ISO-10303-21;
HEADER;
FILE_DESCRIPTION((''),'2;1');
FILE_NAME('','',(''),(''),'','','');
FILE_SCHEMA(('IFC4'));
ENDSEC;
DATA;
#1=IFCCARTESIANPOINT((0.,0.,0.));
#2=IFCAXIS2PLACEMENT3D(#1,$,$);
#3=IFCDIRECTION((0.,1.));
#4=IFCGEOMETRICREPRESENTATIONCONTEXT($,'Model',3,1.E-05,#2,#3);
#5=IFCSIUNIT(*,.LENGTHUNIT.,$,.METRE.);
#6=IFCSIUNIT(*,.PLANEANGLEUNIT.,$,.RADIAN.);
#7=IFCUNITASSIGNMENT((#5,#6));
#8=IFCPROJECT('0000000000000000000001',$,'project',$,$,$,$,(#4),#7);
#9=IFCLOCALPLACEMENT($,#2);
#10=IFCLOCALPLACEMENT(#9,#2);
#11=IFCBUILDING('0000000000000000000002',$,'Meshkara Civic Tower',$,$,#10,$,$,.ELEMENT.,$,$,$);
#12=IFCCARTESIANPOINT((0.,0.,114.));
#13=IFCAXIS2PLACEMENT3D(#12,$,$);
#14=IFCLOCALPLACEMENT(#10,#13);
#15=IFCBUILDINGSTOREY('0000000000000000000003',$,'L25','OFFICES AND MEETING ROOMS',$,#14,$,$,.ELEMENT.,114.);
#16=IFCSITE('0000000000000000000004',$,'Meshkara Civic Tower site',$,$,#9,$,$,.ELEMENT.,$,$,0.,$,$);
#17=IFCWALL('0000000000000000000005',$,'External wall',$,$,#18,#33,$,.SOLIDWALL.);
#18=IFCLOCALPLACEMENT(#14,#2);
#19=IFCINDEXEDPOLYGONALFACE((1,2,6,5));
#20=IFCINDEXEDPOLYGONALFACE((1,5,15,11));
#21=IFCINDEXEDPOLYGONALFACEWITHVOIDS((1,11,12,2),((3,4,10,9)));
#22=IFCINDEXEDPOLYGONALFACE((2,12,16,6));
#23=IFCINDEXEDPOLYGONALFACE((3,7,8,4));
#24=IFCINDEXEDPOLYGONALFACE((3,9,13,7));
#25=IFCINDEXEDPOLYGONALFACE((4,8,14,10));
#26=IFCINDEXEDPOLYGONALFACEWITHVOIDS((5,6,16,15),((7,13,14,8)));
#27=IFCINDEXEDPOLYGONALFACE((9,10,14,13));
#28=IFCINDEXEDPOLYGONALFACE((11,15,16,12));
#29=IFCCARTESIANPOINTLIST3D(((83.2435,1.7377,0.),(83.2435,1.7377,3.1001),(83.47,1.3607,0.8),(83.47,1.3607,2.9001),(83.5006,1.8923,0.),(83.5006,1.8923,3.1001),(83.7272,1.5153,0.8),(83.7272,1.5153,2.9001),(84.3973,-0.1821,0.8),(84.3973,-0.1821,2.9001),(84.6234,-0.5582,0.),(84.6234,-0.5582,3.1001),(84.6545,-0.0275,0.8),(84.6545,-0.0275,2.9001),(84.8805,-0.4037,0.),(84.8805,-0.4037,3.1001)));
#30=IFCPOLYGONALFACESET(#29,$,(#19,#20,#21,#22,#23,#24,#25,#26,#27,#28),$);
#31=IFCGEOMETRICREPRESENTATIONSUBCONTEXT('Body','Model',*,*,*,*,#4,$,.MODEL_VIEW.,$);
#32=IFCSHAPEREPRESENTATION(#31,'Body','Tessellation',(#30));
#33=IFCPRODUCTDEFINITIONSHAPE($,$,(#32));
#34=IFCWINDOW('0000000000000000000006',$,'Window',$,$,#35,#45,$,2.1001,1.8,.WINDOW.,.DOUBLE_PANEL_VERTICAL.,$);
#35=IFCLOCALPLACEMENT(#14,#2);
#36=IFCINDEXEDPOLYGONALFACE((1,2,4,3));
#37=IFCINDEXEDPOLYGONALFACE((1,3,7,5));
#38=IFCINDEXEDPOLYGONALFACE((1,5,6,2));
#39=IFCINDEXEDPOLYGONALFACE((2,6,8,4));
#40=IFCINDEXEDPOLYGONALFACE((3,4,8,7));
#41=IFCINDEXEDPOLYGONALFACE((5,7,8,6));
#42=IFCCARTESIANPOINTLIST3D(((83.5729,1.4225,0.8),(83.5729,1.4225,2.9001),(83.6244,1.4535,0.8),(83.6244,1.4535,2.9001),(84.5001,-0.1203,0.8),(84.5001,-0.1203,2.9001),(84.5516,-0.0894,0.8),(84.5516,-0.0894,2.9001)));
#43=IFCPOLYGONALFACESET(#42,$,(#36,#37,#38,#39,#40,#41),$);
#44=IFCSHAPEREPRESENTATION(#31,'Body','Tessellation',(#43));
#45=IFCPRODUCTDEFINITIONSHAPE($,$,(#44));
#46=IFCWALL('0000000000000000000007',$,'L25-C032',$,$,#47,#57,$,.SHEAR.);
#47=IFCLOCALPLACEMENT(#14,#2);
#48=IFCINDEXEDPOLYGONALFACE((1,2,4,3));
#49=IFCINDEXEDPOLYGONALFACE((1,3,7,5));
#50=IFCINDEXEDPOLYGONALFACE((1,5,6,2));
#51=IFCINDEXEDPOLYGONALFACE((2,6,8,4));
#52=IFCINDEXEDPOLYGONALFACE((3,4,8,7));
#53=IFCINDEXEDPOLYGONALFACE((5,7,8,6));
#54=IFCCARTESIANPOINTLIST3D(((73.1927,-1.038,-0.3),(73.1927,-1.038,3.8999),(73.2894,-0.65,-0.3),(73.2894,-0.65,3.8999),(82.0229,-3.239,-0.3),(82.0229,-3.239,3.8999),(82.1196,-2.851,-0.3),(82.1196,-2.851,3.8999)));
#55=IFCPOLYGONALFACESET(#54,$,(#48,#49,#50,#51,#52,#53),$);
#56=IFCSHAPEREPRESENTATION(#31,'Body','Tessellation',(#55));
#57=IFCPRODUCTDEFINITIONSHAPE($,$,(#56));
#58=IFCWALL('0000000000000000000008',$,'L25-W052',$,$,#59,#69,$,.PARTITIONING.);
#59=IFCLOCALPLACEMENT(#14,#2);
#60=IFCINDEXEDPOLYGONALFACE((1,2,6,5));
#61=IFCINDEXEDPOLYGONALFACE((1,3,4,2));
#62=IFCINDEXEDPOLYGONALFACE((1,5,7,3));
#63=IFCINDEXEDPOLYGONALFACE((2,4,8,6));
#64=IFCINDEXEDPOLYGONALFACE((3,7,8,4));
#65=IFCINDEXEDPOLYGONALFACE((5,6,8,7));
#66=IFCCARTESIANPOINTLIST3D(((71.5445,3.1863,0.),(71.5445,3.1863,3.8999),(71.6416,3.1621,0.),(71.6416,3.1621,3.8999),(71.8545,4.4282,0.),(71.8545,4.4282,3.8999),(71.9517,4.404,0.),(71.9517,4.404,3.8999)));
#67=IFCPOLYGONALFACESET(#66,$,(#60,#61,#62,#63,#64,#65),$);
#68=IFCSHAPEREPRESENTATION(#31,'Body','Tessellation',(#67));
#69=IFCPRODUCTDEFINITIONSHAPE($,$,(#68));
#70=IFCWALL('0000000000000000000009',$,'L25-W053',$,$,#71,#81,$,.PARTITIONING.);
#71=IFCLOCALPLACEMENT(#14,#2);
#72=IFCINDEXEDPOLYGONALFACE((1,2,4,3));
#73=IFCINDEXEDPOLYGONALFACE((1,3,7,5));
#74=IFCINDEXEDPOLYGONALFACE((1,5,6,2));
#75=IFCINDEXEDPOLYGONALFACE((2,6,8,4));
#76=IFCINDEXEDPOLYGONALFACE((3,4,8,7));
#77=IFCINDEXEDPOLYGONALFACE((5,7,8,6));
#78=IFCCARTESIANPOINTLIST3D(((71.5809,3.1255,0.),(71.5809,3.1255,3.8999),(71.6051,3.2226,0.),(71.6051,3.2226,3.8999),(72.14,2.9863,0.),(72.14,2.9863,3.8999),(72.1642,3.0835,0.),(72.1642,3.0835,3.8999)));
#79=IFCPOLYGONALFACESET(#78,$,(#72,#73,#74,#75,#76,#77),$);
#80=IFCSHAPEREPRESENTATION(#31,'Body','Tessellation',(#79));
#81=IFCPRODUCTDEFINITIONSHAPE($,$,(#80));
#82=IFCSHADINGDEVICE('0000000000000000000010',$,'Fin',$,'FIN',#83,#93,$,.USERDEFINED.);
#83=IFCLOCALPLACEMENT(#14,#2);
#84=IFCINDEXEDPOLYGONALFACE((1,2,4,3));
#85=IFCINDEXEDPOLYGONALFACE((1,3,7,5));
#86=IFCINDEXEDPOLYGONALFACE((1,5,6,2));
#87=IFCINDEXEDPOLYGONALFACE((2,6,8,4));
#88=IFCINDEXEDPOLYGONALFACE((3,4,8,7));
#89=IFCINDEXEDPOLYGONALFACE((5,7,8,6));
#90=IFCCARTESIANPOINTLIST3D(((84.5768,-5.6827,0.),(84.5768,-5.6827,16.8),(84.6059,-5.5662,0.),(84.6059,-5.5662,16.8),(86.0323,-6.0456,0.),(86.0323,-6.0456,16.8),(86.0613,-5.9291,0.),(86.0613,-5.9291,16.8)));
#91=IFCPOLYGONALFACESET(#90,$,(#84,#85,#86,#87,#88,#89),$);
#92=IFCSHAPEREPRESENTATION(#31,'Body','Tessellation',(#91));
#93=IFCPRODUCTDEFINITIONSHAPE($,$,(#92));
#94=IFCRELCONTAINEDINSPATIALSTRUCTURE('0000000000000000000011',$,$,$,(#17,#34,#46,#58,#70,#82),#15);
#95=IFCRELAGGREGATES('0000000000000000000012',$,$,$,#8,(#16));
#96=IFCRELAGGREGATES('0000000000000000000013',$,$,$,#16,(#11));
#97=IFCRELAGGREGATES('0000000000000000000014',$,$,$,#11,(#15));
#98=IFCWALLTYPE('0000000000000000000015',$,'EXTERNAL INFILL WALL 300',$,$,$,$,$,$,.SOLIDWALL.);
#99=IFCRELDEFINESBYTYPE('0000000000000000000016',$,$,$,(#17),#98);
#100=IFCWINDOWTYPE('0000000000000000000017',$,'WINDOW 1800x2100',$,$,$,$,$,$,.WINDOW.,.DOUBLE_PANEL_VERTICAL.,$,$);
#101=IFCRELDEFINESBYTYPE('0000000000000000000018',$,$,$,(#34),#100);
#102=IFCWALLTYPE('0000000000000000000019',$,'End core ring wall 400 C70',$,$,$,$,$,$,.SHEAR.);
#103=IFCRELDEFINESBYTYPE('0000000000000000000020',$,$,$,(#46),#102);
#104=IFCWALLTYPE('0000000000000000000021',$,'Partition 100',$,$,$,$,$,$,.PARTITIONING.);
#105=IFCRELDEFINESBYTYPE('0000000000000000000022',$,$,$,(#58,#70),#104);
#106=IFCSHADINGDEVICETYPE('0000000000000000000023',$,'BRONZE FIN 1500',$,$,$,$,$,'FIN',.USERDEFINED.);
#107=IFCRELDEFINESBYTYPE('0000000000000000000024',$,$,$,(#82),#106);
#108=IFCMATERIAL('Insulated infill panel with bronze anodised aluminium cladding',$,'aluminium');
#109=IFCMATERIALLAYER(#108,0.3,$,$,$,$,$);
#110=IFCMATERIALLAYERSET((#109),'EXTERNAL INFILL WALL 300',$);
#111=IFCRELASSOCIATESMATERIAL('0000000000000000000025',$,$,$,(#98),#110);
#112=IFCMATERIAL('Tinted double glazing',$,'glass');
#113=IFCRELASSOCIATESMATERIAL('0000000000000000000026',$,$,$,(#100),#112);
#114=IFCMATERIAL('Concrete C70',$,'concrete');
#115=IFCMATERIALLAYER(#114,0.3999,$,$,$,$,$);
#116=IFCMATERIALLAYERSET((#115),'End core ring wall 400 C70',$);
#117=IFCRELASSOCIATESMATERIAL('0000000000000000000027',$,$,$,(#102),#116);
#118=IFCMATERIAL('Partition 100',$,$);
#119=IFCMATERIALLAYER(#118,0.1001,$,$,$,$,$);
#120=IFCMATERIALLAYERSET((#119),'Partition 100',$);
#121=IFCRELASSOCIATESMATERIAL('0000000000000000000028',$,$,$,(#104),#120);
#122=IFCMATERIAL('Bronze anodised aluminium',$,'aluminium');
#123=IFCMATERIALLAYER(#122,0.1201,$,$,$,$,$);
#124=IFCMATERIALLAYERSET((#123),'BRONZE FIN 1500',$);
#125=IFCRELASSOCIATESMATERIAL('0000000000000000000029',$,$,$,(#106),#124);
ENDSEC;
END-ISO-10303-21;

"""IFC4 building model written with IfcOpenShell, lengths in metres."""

from ifc_helpers import new_model, si_unit, direction, frame, frame_2d, origin, origin_2d, place, context, subcontext, project, spatial, rectangle, extrude, material, layer, layer_set, type_object, element, fill, save


model = new_model("IFC4")

# Units and contexts
model_context = context("Model", 3, precision=1e-05, world=origin(), true_north=direction((0.0, 1.0)))
body_context = subcontext(model_context, "Body", "Model", "MODEL_VIEW")
ifc_project = project(units=[si_unit("LENGTHUNIT", "METRE"), si_unit("PLANEANGLEUNIT", "RADIAN")], contexts=[model_context])

# Site, building, storey
site_placement = place(None, origin())
site = spatial("IfcSite", under=ifc_project, at=site_placement, Name="Meshkara Civic Tower site", CompositionType="ELEMENT", RefElevation=0.0)
building_placement = place(site_placement, origin())
building = spatial("IfcBuilding", under=site, at=building_placement, Name="Meshkara Civic Tower", CompositionType="ELEMENT")
storey_placement = place(building_placement, frame((0.0, 0.0, 114.0)))
storey = spatial("IfcBuildingStorey", under=building, at=storey_placement, Name="L25", Description="OFFICES AND MEETING ROOMS", CompositionType="ELEMENT", Elevation=114.0)

# Wall, opening, window
ifc_material_1 = material(Name="Insulated infill panel with bronze anodised aluminium cladding", Category="aluminium")
ifc_layer_1 = layer(ifc_material_1, 0.3)
ifc_layer_set_1 = layer_set([ifc_layer_1], Name="EXTERNAL INFILL WALL 300")
wall_type_1 = type_object("IfcWallType", Name="EXTERNAL INFILL WALL 300", PredefinedType="SOLIDWALL", material=ifc_layer_set_1)
ifc_material_2 = material(Name="Tinted double glazing", Category="glass")
window_type_1 = type_object("IfcWindowType", Name="WINDOW 1800x2100", PartitioningType="DOUBLE_PANEL_VERTICAL", PredefinedType="WINDOW", material=ifc_material_2)
wall_1_placement = place(storey_placement, frame((84.752, -0.481, 0.0), z_axis=(0.0, 0.0, 1.0), x_axis=(-0.515139, 0.857107, 0.0)))
wall_1 = element("IfcWall", 1, at=wall_1_placement, inside=storey, type_object=wall_type_1, Name="External wall", PredefinedType="SOLIDWALL", context=body_context, shape_type="SweptSolid", body=[
    extrude(rectangle(XDim=2.6787, YDim=0.3, at=frame_2d((1.3394, 0.0))), origin(), (0.0, 0.0, 1.0), 3.1001),
])
opening_1_placement = place(wall_1_placement, frame((0.439, 0.0, 0.8)))
opening_1 = element("IfcOpeningElement", 2, at=opening_1_placement, cuts=wall_1, PredefinedType="OPENING", context=body_context, shape_type="SweptSolid", body=[
    extrude(rectangle(XDim=1.8, YDim=2.1001, at=frame_2d((0.8999, 1.05))), frame((0.0, 0.1599, 0.0), z_axis=(0.0, -1.0, 0.0), x_axis=(1.0, 0.0, 0.0)), (0.0, 0.0, 1.0), 0.3201),
])
window_1_placement = place(opening_1_placement, origin())
window_1 = element("IfcWindow", 3, at=window_1_placement, inside=storey, type_object=window_type_1, Name="Window", OverallHeight=2.1001, OverallWidth=1.8, PartitioningType="DOUBLE_PANEL_VERTICAL", PredefinedType="WINDOW", context=body_context, shape_type="SweptSolid", body=[
    extrude(rectangle(XDim=1.8, YDim=2.1001, at=frame_2d((0.8999, 1.05))), frame((0.0, 0.03, 0.0), z_axis=(0.0, -1.0, 0.0), x_axis=(1.0, 0.0, 0.0)), (0.0, 0.0, 1.0), 0.0601),
])
fill(opening_1, window_1)

# Walls
ifc_material_3 = material(Name="Concrete C70", Category="concrete")
ifc_layer_2 = layer(ifc_material_3, 0.3999)
ifc_layer_set_2 = layer_set([ifc_layer_2], Name="End core ring wall 400 C70")
wall_type_2 = type_object("IfcWallType", Name="End core ring wall 400 C70", PredefinedType="SHEAR", material=ifc_layer_set_2)
wall_2_placement = place(storey_placement, frame((73.241, -0.844, -0.3), z_axis=(0.0, 0.0, 1.0), x_axis=(0.970313, -0.241854, 0.0)))
element("IfcWall", 4, at=wall_2_placement, inside=storey, type_object=wall_type_2, Name="L25-C032", PredefinedType="SHEAR", context=body_context, shape_type="SweptSolid", body=[
    extrude(rectangle(XDim=9.1003, YDim=0.3999, at=frame_2d((4.5503, 0.0))), origin(), (0.0, 0.0, 1.0), 4.2),
])
ifc_material_4 = material(Name="Partition 100")
ifc_layer_3 = layer(ifc_material_4, 0.1001)
ifc_layer_set_3 = layer_set([ifc_layer_3], Name="Partition 100")
wall_type_3 = type_object("IfcWallType", Name="Partition 100", PredefinedType="PARTITIONING", material=ifc_layer_set_3)
wall_3_placement = place(storey_placement, frame((71.593, 3.1741, 0.0), z_axis=(0.0, 0.0, 1.0), x_axis=(0.242221, 0.970221, 0.0)))
element("IfcWall", 5, at=wall_3_placement, inside=storey, type_object=wall_type_3, Name="L25-W052", PredefinedType="PARTITIONING", context=body_context, shape_type="SweptSolid", body=[
    extrude(rectangle(XDim=1.28, YDim=0.1001, at=frame_2d((0.6401, 0.0))), origin(), (0.0, 0.0, 1.0), 3.8999),
])
wall_4_placement = place(storey_placement, frame((72.1521, 3.0349, 0.0), z_axis=(0.0, 0.0, 1.0), x_axis=(-0.970391, 0.241538, 0.0)))
element("IfcWall", 6, at=wall_4_placement, inside=storey, type_object=wall_type_3, Name="L25-W053", PredefinedType="PARTITIONING", context=body_context, shape_type="SweptSolid", body=[
    extrude(rectangle(XDim=0.5762, YDim=0.1001, at=frame_2d((0.2881, 0.0))), origin(), (0.0, 0.0, 1.0), 3.8999),
])

# Shading device
ifc_material_5 = material(Name="Bronze anodised aluminium", Category="aluminium")
ifc_layer_4 = layer(ifc_material_5, 0.1201)
ifc_layer_set_4 = layer_set([ifc_layer_4], Name="BRONZE FIN 1500")
shading_device_type = type_object("IfcShadingDeviceType", Name="BRONZE FIN 1500", ElementType="FIN", PredefinedType="USERDEFINED", material=ifc_layer_set_4)
shading_device_placement = place(storey_placement, frame((85.3191, -5.8059, 0.0), z_axis=(0.0, 0.0, 1.0), x_axis=(0.241922, 0.970296, 0.0)))
element("IfcShadingDevice", 7, at=shading_device_placement, inside=storey, type_object=shading_device_type, Name="Fin", ObjectType="FIN", PredefinedType="USERDEFINED", context=body_context, shape_type="SweptSolid", body=[
    extrude(rectangle(XDim=0.1201, YDim=1.5, at=origin_2d()), origin(), (0.0, 0.0, 1.0), 16.8),
])

save(model, "model.ifc")
